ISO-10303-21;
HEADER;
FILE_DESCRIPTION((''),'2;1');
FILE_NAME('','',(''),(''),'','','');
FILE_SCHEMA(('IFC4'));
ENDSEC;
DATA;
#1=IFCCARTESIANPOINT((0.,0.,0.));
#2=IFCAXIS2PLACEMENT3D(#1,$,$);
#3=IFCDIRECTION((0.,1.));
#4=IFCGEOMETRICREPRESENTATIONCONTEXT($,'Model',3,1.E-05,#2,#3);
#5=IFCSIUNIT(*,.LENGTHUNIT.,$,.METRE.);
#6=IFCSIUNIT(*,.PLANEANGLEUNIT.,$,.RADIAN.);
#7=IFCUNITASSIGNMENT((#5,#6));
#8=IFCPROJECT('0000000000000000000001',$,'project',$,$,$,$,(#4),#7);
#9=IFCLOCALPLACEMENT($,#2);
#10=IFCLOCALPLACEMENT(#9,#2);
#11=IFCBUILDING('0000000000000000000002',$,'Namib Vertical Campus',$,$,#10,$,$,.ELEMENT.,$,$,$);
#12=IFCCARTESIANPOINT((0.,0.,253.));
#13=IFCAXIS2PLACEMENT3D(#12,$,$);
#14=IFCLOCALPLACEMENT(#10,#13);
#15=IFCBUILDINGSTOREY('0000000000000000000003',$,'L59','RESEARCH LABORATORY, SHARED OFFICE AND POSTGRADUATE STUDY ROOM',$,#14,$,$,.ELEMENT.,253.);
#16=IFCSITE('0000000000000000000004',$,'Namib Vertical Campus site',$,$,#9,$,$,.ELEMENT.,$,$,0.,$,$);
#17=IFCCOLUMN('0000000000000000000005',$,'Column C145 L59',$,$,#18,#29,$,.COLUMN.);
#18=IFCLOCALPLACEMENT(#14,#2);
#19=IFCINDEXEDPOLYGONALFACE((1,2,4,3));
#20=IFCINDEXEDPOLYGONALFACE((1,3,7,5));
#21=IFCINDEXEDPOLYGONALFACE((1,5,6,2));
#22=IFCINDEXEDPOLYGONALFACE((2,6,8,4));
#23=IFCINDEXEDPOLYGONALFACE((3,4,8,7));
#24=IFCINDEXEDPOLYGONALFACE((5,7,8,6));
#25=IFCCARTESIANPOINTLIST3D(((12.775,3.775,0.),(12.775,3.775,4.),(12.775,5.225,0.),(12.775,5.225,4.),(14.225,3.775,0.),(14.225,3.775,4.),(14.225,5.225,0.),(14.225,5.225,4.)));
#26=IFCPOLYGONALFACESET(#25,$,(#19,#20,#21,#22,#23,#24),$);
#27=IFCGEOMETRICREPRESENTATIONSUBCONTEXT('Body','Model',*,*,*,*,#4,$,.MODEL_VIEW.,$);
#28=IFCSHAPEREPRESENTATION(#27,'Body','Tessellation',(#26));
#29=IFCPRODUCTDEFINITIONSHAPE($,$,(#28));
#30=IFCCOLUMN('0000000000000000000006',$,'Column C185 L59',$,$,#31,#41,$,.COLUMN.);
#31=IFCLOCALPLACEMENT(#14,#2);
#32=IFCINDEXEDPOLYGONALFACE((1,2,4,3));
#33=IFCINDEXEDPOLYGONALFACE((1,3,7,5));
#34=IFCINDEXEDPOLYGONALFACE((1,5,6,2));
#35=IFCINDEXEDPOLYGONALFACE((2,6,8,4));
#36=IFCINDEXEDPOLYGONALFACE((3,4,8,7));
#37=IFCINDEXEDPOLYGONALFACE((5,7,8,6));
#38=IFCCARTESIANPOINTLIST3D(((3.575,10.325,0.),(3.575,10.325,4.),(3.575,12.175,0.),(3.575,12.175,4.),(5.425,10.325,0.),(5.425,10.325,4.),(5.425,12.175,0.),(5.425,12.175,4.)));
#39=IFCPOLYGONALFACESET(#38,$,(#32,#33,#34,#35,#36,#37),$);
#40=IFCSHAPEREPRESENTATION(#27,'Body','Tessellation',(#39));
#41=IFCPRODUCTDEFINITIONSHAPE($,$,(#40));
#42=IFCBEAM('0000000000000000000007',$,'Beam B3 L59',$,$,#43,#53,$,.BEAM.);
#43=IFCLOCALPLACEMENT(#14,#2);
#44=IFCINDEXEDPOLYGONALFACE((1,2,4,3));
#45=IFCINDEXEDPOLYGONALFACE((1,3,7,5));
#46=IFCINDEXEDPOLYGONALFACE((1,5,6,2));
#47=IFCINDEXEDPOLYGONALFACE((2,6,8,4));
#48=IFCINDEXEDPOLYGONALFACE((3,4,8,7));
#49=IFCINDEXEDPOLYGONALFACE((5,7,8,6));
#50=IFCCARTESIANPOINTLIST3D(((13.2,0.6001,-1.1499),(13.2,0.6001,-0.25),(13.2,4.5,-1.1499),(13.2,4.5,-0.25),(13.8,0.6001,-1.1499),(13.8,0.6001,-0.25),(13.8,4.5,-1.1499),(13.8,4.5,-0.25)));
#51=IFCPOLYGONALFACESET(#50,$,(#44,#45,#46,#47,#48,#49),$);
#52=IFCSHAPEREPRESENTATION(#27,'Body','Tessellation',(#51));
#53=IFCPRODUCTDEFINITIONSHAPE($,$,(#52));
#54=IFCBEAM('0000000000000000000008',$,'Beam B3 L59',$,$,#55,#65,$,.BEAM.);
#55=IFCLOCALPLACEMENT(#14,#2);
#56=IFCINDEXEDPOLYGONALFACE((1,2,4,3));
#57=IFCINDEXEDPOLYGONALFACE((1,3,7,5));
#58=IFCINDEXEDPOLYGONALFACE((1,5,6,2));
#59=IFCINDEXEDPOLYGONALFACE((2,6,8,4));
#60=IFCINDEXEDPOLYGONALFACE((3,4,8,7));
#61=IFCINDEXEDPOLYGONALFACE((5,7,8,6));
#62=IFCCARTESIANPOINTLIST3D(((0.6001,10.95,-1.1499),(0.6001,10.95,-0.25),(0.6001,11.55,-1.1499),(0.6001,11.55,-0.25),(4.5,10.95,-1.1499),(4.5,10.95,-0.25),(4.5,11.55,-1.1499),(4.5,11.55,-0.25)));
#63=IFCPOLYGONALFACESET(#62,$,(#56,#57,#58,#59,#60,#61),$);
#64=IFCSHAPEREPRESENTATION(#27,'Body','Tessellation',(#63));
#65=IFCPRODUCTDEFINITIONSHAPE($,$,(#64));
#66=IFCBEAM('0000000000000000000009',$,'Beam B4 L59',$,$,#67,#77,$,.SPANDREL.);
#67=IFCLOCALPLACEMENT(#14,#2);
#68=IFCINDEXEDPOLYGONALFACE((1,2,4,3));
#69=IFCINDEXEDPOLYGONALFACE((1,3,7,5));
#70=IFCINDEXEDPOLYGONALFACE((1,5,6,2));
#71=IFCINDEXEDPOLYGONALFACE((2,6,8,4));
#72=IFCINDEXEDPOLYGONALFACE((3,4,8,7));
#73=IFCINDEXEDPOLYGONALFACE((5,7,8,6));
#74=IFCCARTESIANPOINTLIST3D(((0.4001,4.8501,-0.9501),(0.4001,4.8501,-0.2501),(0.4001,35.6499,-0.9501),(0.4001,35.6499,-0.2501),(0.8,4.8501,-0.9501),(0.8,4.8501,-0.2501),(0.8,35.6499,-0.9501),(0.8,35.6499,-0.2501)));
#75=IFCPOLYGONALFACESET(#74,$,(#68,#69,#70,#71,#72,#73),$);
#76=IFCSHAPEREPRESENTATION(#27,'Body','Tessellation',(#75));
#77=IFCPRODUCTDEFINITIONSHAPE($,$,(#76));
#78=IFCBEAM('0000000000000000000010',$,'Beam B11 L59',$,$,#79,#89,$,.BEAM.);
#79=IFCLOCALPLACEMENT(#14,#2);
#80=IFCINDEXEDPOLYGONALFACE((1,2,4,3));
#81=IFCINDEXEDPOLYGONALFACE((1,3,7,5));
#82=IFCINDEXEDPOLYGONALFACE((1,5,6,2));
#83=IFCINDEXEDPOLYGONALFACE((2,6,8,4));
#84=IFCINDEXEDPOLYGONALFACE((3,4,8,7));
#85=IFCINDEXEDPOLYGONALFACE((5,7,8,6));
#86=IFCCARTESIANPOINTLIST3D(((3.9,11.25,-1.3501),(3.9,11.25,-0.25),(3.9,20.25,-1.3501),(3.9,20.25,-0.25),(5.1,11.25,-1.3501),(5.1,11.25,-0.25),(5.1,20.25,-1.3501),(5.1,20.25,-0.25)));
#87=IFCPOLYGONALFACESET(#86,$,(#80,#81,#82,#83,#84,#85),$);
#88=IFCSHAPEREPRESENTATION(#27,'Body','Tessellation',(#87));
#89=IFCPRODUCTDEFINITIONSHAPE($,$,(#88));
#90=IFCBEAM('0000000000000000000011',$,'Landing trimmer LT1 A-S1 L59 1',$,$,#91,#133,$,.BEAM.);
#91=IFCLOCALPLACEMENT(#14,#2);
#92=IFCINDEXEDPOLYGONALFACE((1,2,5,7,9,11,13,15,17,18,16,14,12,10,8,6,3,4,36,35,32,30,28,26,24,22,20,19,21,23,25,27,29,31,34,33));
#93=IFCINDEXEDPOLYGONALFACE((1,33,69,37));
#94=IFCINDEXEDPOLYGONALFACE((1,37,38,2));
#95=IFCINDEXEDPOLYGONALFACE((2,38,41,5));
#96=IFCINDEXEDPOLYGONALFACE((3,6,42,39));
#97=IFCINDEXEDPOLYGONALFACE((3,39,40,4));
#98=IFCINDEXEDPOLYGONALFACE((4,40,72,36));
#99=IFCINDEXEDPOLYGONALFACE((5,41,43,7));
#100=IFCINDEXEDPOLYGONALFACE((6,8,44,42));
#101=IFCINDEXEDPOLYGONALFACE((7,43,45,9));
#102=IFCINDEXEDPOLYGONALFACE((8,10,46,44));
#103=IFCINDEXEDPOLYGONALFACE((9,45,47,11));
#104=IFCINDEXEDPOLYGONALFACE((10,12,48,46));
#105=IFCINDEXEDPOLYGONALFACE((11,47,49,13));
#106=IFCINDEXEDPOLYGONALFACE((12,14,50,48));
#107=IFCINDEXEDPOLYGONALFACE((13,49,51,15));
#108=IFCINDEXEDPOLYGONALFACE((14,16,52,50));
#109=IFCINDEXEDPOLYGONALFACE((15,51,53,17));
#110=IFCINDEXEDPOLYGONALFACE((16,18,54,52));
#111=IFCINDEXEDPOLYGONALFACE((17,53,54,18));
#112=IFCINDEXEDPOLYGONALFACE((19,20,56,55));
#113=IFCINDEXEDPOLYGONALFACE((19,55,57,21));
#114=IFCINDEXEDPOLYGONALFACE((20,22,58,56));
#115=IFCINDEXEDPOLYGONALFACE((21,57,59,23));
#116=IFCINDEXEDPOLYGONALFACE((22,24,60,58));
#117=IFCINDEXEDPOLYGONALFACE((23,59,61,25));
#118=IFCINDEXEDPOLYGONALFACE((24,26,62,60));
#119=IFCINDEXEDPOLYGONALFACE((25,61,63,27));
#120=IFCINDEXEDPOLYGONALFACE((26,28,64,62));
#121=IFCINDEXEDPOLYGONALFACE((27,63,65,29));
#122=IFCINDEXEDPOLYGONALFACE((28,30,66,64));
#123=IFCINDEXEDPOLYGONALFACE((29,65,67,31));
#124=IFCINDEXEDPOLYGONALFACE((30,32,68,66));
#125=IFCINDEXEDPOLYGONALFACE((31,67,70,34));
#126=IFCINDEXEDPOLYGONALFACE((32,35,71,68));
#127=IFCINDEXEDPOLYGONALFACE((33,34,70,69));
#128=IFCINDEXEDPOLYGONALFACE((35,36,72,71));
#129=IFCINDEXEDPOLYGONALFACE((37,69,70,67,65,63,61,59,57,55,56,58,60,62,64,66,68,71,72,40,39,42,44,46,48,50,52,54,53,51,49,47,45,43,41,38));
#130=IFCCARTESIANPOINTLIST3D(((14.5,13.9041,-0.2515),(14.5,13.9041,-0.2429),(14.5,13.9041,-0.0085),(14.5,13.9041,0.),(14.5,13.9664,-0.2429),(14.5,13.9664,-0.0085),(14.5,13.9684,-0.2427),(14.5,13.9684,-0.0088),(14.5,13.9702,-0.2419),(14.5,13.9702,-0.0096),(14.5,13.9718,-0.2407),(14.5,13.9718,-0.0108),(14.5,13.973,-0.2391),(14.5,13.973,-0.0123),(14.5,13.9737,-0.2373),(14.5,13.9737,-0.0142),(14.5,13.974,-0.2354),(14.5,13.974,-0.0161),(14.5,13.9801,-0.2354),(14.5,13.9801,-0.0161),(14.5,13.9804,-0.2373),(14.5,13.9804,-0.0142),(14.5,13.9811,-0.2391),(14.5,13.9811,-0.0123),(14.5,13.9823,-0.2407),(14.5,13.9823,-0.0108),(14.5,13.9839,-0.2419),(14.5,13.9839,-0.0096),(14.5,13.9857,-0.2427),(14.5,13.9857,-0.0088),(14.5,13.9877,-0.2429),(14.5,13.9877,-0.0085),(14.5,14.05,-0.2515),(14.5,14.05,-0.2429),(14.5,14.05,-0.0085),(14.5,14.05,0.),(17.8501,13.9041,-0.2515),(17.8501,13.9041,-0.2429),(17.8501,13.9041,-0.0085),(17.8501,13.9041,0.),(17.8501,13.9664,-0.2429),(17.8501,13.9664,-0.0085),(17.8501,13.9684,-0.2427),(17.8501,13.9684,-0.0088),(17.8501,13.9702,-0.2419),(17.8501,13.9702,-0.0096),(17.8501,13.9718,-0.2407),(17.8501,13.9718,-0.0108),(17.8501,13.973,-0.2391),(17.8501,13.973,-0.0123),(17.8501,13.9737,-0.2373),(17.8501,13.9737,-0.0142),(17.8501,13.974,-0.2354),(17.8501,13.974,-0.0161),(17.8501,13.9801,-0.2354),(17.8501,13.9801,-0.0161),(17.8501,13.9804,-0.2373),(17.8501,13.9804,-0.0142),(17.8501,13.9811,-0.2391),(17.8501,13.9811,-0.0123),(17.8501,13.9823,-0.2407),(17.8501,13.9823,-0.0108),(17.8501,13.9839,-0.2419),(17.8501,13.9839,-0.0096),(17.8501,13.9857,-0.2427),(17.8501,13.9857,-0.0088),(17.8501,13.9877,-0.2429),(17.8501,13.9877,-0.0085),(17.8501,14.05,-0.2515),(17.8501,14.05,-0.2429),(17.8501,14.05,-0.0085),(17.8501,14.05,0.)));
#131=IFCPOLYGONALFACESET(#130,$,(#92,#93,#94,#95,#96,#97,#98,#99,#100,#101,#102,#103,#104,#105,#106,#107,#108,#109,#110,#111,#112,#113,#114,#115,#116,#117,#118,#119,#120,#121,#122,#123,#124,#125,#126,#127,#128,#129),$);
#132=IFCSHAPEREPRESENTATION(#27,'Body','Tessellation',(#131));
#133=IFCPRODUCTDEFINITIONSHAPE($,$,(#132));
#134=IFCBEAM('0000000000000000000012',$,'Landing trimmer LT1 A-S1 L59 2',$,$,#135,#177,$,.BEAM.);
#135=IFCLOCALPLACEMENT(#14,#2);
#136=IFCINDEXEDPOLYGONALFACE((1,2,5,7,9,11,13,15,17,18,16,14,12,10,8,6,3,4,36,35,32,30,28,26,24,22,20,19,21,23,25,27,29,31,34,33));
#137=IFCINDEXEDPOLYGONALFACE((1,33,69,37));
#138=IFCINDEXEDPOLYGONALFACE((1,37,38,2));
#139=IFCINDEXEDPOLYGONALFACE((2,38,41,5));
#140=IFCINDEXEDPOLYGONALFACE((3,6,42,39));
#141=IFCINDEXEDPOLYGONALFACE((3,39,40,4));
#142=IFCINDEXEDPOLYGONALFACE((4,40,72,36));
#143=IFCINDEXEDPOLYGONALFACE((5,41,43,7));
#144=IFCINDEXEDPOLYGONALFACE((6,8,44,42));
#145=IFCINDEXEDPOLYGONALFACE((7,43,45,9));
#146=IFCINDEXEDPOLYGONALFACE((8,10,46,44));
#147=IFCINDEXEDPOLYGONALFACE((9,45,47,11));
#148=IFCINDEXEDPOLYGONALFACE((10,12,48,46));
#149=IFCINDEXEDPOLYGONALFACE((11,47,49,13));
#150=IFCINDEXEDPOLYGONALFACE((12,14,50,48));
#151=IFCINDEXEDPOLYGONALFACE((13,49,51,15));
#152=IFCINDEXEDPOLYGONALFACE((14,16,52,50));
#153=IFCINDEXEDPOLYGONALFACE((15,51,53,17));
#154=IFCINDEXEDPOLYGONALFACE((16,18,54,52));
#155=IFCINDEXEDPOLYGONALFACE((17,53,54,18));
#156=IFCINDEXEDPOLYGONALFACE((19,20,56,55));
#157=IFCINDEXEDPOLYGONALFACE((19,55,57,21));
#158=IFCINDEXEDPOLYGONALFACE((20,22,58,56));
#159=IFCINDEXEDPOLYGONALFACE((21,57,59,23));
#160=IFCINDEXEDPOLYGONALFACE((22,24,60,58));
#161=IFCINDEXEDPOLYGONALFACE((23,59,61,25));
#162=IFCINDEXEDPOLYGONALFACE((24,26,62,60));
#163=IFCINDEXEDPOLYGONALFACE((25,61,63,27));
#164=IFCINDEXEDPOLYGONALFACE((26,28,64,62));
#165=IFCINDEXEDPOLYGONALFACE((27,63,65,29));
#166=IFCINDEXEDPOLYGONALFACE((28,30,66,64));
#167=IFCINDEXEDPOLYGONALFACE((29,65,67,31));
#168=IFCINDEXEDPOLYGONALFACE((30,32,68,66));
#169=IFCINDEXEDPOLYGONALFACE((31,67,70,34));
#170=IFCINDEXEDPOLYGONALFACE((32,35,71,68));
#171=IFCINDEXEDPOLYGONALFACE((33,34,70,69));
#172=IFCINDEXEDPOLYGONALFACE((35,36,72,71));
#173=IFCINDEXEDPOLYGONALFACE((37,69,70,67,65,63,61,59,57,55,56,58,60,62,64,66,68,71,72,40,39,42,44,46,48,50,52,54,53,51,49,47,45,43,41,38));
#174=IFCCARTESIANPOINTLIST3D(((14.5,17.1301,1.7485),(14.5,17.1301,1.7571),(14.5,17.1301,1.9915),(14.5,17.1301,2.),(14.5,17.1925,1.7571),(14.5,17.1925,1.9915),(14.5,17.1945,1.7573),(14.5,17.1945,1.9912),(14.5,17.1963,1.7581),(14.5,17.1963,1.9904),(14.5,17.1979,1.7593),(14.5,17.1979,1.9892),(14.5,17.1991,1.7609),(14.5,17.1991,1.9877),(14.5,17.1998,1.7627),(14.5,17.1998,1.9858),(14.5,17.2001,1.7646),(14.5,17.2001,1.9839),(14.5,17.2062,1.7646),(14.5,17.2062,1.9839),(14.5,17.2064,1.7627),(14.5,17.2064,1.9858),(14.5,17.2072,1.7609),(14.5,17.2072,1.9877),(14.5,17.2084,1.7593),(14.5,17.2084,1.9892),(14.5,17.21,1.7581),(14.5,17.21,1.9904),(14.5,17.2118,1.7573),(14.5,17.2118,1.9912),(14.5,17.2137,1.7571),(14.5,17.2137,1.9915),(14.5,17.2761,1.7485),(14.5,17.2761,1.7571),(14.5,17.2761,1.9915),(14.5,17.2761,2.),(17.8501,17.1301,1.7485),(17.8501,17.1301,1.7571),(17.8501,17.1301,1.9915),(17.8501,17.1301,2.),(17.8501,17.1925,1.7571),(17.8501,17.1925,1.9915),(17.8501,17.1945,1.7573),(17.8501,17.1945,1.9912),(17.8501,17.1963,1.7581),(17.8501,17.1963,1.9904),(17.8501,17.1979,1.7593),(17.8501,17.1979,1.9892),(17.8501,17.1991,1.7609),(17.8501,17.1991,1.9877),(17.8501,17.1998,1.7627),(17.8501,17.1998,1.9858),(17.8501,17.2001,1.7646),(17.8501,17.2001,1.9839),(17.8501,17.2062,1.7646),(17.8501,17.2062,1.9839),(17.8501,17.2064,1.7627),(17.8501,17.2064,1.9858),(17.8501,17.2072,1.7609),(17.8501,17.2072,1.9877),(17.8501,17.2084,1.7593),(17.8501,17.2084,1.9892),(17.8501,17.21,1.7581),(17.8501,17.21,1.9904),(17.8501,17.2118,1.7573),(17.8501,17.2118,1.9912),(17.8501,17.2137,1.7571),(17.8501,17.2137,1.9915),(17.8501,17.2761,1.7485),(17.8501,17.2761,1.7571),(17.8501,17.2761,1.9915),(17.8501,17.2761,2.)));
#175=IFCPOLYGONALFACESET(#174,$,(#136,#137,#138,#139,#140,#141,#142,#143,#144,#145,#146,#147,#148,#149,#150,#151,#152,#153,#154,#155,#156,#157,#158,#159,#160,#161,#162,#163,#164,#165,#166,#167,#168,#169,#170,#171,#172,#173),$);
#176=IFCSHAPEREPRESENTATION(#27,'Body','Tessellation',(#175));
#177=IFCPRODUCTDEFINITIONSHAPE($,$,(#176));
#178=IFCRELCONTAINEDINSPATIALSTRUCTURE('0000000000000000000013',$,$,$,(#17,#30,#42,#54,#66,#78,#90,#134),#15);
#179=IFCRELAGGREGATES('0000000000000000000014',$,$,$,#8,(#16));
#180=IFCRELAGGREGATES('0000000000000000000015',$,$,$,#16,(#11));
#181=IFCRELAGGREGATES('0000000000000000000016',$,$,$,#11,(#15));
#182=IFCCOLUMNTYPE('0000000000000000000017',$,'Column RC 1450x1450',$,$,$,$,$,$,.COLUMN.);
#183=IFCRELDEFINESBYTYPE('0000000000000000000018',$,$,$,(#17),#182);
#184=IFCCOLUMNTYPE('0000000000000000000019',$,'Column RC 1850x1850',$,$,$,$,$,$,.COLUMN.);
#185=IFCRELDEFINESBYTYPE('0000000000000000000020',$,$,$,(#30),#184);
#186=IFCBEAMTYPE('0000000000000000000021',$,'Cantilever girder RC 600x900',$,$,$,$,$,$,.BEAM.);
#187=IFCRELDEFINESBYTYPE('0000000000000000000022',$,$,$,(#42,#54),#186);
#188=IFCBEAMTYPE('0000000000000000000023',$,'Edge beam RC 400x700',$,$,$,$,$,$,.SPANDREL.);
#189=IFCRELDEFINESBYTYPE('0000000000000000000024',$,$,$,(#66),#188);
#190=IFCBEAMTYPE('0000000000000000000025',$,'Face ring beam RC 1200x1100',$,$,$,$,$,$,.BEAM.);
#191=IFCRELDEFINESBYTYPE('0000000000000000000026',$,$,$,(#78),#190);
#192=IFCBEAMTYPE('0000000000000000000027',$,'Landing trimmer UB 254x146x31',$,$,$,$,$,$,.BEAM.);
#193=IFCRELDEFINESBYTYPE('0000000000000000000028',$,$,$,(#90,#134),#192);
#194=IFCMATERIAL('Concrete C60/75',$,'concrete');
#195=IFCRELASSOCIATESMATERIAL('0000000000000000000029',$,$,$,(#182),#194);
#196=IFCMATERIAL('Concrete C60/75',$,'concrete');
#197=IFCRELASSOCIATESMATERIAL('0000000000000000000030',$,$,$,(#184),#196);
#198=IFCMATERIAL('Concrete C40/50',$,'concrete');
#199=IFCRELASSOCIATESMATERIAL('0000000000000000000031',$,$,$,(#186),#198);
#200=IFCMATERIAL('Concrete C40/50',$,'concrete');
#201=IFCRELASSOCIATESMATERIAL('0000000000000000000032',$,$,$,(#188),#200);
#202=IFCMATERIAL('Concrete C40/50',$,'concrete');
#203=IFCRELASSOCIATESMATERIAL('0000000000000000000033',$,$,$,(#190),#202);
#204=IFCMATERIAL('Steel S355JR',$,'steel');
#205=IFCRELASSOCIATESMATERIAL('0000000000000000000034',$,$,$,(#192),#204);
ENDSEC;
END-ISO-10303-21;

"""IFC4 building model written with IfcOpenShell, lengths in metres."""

from ifc_helpers import new_model, si_unit, direction, frame, origin, origin_2d, place, context, subcontext, project, spatial, rectangle, i_section, extrude, material, material_profile, profile_set, type_object, element, save


model = new_model("IFC4")

# Units and contexts
model_context = context("Model", 3, precision=1e-05, world=origin(), true_north=direction((0.0, 1.0)))
body_context = subcontext(model_context, "Body", "Model", "MODEL_VIEW")
ifc_project = project(units=[si_unit("LENGTHUNIT", "METRE"), si_unit("PLANEANGLEUNIT", "RADIAN")], contexts=[model_context])

# Site, building, storey
site_placement = place(None, origin())
site = spatial("IfcSite", under=ifc_project, at=site_placement, Name="Namib Vertical Campus site", CompositionType="ELEMENT", RefElevation=0.0)
building_placement = place(site_placement, origin())
building = spatial("IfcBuilding", under=site, at=building_placement, Name="Namib Vertical Campus", CompositionType="ELEMENT")
storey_placement = place(building_placement, frame((0.0, 0.0, 253.0)))
storey = spatial("IfcBuildingStorey", under=building, at=storey_placement, Name="L59", Description="RESEARCH LABORATORY, SHARED OFFICE AND POSTGRADUATE STUDY ROOM", CompositionType="ELEMENT", Elevation=253.0)

# Columns
ifc_material_1 = material(Name="Concrete C60/75", Category="concrete")
ifc_material_profile_1 = material_profile(ifc_material_1, rectangle(XDim=1.45, YDim=1.45, at=origin_2d()))
ifc_profile_set_1 = profile_set([ifc_material_profile_1], Name="Concrete C60/75")
column_type_1 = type_object("IfcColumnType", Name="Column RC 1450x1450", PredefinedType="COLUMN", material=ifc_profile_set_1)
column_1_placement = place(storey_placement, frame((13.5, 4.5, 0.0), z_axis=(0.0, 0.0, 1.0), x_axis=(1.0, 0.0, 0.0)))
element("IfcColumn", 1, at=column_1_placement, inside=storey, type_object=column_type_1, Name="Column C145 L59", PredefinedType="COLUMN", context=body_context, shape_type="SweptSolid", body=[
    extrude(rectangle(XDim=1.45, YDim=1.45, at=origin_2d()), origin(), (0.0, 0.0, 1.0), 4.0),
])
ifc_material_2 = material(Name="Concrete C60/75", Category="concrete")
ifc_material_profile_2 = material_profile(ifc_material_2, rectangle(XDim=1.8501, YDim=1.8501, at=origin_2d()))
ifc_profile_set_2 = profile_set([ifc_material_profile_2], Name="Concrete C60/75")
column_type_2 = type_object("IfcColumnType", Name="Column RC 1850x1850", PredefinedType="COLUMN", material=ifc_profile_set_2)
column_2_placement = place(storey_placement, frame((4.5, 11.25, 0.0), z_axis=(0.0, 0.0, 1.0), x_axis=(1.0, 0.0, 0.0)))
element("IfcColumn", 2, at=column_2_placement, inside=storey, type_object=column_type_2, Name="Column C185 L59", PredefinedType="COLUMN", context=body_context, shape_type="SweptSolid", body=[
    extrude(rectangle(XDim=1.8501, YDim=1.8501, at=origin_2d()), origin(), (0.0, 0.0, 1.0), 4.0),
])

# Beams
ifc_material_3 = material(Name="Concrete C40/50", Category="concrete")
ifc_material_profile_3 = material_profile(ifc_material_3, rectangle(XDim=0.6001, YDim=0.8999, at=origin_2d()))
ifc_profile_set_3 = profile_set([ifc_material_profile_3], Name="Concrete C40/50")
beam_type_1 = type_object("IfcBeamType", Name="Cantilever girder RC 600x900", PredefinedType="BEAM", material=ifc_profile_set_3)
for number, where, z_axis, x_axis, name in (
    (3, (13.5, 4.5, -0.7), (0.0, -1.0, 0.0), (1.0, 0.0, 0.0), "Beam B3 L59"),
    (4, (4.5, 11.25, -0.7), (-1.0, 0.0, 0.0), (0.0, -1.0, 0.0), "Beam B3 L59"),
):
    element("IfcBeam", number, at=place(storey_placement, frame(where, z_axis=z_axis, x_axis=x_axis)), inside=storey, type_object=beam_type_1, Name=name, PredefinedType="BEAM", context=body_context, shape_type="SweptSolid", body=[
        extrude(rectangle(XDim=0.6001, YDim=0.8999, at=origin_2d()), origin(), (0.0, 0.0, 1.0), 3.8999),
    ])
ifc_material_4 = material(Name="Concrete C40/50", Category="concrete")
ifc_material_profile_4 = material_profile(ifc_material_4, rectangle(XDim=0.3999, YDim=0.7, at=origin_2d()))
ifc_profile_set_4 = profile_set([ifc_material_profile_4], Name="Concrete C40/50")
beam_type_2 = type_object("IfcBeamType", Name="Edge beam RC 400x700", PredefinedType="SPANDREL", material=ifc_profile_set_4)
beam_1_placement = place(storey_placement, frame((0.6001, 4.8501, -0.6001), z_axis=(0.0, 1.0, 0.0), x_axis=(-1.0, 0.0, 0.0)))
element("IfcBeam", 5, at=beam_1_placement, inside=storey, type_object=beam_type_2, Name="Beam B4 L59", PredefinedType="SPANDREL", context=body_context, shape_type="SweptSolid", body=[
    extrude(rectangle(XDim=0.3999, YDim=0.7, at=origin_2d()), origin(), (0.0, 0.0, 1.0), 30.7998),
])
ifc_material_5 = material(Name="Concrete C40/50", Category="concrete")
ifc_material_profile_5 = material_profile(ifc_material_5, rectangle(XDim=1.2, YDim=1.1001, at=origin_2d()))
ifc_profile_set_5 = profile_set([ifc_material_profile_5], Name="Concrete C40/50")
beam_type_3 = type_object("IfcBeamType", Name="Face ring beam RC 1200x1100", PredefinedType="BEAM", material=ifc_profile_set_5)
beam_2_placement = place(storey_placement, frame((4.5, 11.25, -0.8), z_axis=(0.0, 1.0, 0.0), x_axis=(-1.0, 0.0, 0.0)))
element("IfcBeam", 6, at=beam_2_placement, inside=storey, type_object=beam_type_3, Name="Beam B11 L59", PredefinedType="BEAM", context=body_context, shape_type="SweptSolid", body=[
    extrude(rectangle(XDim=1.2, YDim=1.1001, at=origin_2d()), origin(), (0.0, 0.0, 1.0), 9.0),
])
ifc_material_6 = material(Name="Steel S355JR", Category="steel")
ifc_material_profile_6 = material_profile(ifc_material_6, i_section(OverallWidth=0.146, OverallDepth=0.2515, WebThickness=0.0061, FlangeThickness=0.0085, FilletRadius=0.0076, at=origin_2d()))
ifc_profile_set_6 = profile_set([ifc_material_profile_6], Name="Steel S355JR")
beam_type_4 = type_object("IfcBeamType", Name="Landing trimmer UB 254x146x31", PredefinedType="BEAM", material=ifc_profile_set_6)
for number, where, z_axis, x_axis, name in (
    (7, (14.5, 13.9771, -0.1257), (1.0, 0.0, 0.0), (0.0, 1.0, 0.0), "Landing trimmer LT1 A-S1 L59 1"),
    (8, (14.5, 17.2031, 1.8743), (1.0, 0.0, 0.0), (0.0, 1.0, 0.0), "Landing trimmer LT1 A-S1 L59 2"),
):
    element("IfcBeam", number, at=place(storey_placement, frame(where, z_axis=z_axis, x_axis=x_axis)), inside=storey, type_object=beam_type_4, Name=name, PredefinedType="BEAM", context=body_context, shape_type="SweptSolid", body=[
        extrude(i_section(OverallWidth=0.146, OverallDepth=0.2515, WebThickness=0.0061, FlangeThickness=0.0085, FilletRadius=0.0076, at=origin_2d()), origin(), (0.0, 0.0, 1.0), 3.3501),
    ])

save(model, "model.ifc")
